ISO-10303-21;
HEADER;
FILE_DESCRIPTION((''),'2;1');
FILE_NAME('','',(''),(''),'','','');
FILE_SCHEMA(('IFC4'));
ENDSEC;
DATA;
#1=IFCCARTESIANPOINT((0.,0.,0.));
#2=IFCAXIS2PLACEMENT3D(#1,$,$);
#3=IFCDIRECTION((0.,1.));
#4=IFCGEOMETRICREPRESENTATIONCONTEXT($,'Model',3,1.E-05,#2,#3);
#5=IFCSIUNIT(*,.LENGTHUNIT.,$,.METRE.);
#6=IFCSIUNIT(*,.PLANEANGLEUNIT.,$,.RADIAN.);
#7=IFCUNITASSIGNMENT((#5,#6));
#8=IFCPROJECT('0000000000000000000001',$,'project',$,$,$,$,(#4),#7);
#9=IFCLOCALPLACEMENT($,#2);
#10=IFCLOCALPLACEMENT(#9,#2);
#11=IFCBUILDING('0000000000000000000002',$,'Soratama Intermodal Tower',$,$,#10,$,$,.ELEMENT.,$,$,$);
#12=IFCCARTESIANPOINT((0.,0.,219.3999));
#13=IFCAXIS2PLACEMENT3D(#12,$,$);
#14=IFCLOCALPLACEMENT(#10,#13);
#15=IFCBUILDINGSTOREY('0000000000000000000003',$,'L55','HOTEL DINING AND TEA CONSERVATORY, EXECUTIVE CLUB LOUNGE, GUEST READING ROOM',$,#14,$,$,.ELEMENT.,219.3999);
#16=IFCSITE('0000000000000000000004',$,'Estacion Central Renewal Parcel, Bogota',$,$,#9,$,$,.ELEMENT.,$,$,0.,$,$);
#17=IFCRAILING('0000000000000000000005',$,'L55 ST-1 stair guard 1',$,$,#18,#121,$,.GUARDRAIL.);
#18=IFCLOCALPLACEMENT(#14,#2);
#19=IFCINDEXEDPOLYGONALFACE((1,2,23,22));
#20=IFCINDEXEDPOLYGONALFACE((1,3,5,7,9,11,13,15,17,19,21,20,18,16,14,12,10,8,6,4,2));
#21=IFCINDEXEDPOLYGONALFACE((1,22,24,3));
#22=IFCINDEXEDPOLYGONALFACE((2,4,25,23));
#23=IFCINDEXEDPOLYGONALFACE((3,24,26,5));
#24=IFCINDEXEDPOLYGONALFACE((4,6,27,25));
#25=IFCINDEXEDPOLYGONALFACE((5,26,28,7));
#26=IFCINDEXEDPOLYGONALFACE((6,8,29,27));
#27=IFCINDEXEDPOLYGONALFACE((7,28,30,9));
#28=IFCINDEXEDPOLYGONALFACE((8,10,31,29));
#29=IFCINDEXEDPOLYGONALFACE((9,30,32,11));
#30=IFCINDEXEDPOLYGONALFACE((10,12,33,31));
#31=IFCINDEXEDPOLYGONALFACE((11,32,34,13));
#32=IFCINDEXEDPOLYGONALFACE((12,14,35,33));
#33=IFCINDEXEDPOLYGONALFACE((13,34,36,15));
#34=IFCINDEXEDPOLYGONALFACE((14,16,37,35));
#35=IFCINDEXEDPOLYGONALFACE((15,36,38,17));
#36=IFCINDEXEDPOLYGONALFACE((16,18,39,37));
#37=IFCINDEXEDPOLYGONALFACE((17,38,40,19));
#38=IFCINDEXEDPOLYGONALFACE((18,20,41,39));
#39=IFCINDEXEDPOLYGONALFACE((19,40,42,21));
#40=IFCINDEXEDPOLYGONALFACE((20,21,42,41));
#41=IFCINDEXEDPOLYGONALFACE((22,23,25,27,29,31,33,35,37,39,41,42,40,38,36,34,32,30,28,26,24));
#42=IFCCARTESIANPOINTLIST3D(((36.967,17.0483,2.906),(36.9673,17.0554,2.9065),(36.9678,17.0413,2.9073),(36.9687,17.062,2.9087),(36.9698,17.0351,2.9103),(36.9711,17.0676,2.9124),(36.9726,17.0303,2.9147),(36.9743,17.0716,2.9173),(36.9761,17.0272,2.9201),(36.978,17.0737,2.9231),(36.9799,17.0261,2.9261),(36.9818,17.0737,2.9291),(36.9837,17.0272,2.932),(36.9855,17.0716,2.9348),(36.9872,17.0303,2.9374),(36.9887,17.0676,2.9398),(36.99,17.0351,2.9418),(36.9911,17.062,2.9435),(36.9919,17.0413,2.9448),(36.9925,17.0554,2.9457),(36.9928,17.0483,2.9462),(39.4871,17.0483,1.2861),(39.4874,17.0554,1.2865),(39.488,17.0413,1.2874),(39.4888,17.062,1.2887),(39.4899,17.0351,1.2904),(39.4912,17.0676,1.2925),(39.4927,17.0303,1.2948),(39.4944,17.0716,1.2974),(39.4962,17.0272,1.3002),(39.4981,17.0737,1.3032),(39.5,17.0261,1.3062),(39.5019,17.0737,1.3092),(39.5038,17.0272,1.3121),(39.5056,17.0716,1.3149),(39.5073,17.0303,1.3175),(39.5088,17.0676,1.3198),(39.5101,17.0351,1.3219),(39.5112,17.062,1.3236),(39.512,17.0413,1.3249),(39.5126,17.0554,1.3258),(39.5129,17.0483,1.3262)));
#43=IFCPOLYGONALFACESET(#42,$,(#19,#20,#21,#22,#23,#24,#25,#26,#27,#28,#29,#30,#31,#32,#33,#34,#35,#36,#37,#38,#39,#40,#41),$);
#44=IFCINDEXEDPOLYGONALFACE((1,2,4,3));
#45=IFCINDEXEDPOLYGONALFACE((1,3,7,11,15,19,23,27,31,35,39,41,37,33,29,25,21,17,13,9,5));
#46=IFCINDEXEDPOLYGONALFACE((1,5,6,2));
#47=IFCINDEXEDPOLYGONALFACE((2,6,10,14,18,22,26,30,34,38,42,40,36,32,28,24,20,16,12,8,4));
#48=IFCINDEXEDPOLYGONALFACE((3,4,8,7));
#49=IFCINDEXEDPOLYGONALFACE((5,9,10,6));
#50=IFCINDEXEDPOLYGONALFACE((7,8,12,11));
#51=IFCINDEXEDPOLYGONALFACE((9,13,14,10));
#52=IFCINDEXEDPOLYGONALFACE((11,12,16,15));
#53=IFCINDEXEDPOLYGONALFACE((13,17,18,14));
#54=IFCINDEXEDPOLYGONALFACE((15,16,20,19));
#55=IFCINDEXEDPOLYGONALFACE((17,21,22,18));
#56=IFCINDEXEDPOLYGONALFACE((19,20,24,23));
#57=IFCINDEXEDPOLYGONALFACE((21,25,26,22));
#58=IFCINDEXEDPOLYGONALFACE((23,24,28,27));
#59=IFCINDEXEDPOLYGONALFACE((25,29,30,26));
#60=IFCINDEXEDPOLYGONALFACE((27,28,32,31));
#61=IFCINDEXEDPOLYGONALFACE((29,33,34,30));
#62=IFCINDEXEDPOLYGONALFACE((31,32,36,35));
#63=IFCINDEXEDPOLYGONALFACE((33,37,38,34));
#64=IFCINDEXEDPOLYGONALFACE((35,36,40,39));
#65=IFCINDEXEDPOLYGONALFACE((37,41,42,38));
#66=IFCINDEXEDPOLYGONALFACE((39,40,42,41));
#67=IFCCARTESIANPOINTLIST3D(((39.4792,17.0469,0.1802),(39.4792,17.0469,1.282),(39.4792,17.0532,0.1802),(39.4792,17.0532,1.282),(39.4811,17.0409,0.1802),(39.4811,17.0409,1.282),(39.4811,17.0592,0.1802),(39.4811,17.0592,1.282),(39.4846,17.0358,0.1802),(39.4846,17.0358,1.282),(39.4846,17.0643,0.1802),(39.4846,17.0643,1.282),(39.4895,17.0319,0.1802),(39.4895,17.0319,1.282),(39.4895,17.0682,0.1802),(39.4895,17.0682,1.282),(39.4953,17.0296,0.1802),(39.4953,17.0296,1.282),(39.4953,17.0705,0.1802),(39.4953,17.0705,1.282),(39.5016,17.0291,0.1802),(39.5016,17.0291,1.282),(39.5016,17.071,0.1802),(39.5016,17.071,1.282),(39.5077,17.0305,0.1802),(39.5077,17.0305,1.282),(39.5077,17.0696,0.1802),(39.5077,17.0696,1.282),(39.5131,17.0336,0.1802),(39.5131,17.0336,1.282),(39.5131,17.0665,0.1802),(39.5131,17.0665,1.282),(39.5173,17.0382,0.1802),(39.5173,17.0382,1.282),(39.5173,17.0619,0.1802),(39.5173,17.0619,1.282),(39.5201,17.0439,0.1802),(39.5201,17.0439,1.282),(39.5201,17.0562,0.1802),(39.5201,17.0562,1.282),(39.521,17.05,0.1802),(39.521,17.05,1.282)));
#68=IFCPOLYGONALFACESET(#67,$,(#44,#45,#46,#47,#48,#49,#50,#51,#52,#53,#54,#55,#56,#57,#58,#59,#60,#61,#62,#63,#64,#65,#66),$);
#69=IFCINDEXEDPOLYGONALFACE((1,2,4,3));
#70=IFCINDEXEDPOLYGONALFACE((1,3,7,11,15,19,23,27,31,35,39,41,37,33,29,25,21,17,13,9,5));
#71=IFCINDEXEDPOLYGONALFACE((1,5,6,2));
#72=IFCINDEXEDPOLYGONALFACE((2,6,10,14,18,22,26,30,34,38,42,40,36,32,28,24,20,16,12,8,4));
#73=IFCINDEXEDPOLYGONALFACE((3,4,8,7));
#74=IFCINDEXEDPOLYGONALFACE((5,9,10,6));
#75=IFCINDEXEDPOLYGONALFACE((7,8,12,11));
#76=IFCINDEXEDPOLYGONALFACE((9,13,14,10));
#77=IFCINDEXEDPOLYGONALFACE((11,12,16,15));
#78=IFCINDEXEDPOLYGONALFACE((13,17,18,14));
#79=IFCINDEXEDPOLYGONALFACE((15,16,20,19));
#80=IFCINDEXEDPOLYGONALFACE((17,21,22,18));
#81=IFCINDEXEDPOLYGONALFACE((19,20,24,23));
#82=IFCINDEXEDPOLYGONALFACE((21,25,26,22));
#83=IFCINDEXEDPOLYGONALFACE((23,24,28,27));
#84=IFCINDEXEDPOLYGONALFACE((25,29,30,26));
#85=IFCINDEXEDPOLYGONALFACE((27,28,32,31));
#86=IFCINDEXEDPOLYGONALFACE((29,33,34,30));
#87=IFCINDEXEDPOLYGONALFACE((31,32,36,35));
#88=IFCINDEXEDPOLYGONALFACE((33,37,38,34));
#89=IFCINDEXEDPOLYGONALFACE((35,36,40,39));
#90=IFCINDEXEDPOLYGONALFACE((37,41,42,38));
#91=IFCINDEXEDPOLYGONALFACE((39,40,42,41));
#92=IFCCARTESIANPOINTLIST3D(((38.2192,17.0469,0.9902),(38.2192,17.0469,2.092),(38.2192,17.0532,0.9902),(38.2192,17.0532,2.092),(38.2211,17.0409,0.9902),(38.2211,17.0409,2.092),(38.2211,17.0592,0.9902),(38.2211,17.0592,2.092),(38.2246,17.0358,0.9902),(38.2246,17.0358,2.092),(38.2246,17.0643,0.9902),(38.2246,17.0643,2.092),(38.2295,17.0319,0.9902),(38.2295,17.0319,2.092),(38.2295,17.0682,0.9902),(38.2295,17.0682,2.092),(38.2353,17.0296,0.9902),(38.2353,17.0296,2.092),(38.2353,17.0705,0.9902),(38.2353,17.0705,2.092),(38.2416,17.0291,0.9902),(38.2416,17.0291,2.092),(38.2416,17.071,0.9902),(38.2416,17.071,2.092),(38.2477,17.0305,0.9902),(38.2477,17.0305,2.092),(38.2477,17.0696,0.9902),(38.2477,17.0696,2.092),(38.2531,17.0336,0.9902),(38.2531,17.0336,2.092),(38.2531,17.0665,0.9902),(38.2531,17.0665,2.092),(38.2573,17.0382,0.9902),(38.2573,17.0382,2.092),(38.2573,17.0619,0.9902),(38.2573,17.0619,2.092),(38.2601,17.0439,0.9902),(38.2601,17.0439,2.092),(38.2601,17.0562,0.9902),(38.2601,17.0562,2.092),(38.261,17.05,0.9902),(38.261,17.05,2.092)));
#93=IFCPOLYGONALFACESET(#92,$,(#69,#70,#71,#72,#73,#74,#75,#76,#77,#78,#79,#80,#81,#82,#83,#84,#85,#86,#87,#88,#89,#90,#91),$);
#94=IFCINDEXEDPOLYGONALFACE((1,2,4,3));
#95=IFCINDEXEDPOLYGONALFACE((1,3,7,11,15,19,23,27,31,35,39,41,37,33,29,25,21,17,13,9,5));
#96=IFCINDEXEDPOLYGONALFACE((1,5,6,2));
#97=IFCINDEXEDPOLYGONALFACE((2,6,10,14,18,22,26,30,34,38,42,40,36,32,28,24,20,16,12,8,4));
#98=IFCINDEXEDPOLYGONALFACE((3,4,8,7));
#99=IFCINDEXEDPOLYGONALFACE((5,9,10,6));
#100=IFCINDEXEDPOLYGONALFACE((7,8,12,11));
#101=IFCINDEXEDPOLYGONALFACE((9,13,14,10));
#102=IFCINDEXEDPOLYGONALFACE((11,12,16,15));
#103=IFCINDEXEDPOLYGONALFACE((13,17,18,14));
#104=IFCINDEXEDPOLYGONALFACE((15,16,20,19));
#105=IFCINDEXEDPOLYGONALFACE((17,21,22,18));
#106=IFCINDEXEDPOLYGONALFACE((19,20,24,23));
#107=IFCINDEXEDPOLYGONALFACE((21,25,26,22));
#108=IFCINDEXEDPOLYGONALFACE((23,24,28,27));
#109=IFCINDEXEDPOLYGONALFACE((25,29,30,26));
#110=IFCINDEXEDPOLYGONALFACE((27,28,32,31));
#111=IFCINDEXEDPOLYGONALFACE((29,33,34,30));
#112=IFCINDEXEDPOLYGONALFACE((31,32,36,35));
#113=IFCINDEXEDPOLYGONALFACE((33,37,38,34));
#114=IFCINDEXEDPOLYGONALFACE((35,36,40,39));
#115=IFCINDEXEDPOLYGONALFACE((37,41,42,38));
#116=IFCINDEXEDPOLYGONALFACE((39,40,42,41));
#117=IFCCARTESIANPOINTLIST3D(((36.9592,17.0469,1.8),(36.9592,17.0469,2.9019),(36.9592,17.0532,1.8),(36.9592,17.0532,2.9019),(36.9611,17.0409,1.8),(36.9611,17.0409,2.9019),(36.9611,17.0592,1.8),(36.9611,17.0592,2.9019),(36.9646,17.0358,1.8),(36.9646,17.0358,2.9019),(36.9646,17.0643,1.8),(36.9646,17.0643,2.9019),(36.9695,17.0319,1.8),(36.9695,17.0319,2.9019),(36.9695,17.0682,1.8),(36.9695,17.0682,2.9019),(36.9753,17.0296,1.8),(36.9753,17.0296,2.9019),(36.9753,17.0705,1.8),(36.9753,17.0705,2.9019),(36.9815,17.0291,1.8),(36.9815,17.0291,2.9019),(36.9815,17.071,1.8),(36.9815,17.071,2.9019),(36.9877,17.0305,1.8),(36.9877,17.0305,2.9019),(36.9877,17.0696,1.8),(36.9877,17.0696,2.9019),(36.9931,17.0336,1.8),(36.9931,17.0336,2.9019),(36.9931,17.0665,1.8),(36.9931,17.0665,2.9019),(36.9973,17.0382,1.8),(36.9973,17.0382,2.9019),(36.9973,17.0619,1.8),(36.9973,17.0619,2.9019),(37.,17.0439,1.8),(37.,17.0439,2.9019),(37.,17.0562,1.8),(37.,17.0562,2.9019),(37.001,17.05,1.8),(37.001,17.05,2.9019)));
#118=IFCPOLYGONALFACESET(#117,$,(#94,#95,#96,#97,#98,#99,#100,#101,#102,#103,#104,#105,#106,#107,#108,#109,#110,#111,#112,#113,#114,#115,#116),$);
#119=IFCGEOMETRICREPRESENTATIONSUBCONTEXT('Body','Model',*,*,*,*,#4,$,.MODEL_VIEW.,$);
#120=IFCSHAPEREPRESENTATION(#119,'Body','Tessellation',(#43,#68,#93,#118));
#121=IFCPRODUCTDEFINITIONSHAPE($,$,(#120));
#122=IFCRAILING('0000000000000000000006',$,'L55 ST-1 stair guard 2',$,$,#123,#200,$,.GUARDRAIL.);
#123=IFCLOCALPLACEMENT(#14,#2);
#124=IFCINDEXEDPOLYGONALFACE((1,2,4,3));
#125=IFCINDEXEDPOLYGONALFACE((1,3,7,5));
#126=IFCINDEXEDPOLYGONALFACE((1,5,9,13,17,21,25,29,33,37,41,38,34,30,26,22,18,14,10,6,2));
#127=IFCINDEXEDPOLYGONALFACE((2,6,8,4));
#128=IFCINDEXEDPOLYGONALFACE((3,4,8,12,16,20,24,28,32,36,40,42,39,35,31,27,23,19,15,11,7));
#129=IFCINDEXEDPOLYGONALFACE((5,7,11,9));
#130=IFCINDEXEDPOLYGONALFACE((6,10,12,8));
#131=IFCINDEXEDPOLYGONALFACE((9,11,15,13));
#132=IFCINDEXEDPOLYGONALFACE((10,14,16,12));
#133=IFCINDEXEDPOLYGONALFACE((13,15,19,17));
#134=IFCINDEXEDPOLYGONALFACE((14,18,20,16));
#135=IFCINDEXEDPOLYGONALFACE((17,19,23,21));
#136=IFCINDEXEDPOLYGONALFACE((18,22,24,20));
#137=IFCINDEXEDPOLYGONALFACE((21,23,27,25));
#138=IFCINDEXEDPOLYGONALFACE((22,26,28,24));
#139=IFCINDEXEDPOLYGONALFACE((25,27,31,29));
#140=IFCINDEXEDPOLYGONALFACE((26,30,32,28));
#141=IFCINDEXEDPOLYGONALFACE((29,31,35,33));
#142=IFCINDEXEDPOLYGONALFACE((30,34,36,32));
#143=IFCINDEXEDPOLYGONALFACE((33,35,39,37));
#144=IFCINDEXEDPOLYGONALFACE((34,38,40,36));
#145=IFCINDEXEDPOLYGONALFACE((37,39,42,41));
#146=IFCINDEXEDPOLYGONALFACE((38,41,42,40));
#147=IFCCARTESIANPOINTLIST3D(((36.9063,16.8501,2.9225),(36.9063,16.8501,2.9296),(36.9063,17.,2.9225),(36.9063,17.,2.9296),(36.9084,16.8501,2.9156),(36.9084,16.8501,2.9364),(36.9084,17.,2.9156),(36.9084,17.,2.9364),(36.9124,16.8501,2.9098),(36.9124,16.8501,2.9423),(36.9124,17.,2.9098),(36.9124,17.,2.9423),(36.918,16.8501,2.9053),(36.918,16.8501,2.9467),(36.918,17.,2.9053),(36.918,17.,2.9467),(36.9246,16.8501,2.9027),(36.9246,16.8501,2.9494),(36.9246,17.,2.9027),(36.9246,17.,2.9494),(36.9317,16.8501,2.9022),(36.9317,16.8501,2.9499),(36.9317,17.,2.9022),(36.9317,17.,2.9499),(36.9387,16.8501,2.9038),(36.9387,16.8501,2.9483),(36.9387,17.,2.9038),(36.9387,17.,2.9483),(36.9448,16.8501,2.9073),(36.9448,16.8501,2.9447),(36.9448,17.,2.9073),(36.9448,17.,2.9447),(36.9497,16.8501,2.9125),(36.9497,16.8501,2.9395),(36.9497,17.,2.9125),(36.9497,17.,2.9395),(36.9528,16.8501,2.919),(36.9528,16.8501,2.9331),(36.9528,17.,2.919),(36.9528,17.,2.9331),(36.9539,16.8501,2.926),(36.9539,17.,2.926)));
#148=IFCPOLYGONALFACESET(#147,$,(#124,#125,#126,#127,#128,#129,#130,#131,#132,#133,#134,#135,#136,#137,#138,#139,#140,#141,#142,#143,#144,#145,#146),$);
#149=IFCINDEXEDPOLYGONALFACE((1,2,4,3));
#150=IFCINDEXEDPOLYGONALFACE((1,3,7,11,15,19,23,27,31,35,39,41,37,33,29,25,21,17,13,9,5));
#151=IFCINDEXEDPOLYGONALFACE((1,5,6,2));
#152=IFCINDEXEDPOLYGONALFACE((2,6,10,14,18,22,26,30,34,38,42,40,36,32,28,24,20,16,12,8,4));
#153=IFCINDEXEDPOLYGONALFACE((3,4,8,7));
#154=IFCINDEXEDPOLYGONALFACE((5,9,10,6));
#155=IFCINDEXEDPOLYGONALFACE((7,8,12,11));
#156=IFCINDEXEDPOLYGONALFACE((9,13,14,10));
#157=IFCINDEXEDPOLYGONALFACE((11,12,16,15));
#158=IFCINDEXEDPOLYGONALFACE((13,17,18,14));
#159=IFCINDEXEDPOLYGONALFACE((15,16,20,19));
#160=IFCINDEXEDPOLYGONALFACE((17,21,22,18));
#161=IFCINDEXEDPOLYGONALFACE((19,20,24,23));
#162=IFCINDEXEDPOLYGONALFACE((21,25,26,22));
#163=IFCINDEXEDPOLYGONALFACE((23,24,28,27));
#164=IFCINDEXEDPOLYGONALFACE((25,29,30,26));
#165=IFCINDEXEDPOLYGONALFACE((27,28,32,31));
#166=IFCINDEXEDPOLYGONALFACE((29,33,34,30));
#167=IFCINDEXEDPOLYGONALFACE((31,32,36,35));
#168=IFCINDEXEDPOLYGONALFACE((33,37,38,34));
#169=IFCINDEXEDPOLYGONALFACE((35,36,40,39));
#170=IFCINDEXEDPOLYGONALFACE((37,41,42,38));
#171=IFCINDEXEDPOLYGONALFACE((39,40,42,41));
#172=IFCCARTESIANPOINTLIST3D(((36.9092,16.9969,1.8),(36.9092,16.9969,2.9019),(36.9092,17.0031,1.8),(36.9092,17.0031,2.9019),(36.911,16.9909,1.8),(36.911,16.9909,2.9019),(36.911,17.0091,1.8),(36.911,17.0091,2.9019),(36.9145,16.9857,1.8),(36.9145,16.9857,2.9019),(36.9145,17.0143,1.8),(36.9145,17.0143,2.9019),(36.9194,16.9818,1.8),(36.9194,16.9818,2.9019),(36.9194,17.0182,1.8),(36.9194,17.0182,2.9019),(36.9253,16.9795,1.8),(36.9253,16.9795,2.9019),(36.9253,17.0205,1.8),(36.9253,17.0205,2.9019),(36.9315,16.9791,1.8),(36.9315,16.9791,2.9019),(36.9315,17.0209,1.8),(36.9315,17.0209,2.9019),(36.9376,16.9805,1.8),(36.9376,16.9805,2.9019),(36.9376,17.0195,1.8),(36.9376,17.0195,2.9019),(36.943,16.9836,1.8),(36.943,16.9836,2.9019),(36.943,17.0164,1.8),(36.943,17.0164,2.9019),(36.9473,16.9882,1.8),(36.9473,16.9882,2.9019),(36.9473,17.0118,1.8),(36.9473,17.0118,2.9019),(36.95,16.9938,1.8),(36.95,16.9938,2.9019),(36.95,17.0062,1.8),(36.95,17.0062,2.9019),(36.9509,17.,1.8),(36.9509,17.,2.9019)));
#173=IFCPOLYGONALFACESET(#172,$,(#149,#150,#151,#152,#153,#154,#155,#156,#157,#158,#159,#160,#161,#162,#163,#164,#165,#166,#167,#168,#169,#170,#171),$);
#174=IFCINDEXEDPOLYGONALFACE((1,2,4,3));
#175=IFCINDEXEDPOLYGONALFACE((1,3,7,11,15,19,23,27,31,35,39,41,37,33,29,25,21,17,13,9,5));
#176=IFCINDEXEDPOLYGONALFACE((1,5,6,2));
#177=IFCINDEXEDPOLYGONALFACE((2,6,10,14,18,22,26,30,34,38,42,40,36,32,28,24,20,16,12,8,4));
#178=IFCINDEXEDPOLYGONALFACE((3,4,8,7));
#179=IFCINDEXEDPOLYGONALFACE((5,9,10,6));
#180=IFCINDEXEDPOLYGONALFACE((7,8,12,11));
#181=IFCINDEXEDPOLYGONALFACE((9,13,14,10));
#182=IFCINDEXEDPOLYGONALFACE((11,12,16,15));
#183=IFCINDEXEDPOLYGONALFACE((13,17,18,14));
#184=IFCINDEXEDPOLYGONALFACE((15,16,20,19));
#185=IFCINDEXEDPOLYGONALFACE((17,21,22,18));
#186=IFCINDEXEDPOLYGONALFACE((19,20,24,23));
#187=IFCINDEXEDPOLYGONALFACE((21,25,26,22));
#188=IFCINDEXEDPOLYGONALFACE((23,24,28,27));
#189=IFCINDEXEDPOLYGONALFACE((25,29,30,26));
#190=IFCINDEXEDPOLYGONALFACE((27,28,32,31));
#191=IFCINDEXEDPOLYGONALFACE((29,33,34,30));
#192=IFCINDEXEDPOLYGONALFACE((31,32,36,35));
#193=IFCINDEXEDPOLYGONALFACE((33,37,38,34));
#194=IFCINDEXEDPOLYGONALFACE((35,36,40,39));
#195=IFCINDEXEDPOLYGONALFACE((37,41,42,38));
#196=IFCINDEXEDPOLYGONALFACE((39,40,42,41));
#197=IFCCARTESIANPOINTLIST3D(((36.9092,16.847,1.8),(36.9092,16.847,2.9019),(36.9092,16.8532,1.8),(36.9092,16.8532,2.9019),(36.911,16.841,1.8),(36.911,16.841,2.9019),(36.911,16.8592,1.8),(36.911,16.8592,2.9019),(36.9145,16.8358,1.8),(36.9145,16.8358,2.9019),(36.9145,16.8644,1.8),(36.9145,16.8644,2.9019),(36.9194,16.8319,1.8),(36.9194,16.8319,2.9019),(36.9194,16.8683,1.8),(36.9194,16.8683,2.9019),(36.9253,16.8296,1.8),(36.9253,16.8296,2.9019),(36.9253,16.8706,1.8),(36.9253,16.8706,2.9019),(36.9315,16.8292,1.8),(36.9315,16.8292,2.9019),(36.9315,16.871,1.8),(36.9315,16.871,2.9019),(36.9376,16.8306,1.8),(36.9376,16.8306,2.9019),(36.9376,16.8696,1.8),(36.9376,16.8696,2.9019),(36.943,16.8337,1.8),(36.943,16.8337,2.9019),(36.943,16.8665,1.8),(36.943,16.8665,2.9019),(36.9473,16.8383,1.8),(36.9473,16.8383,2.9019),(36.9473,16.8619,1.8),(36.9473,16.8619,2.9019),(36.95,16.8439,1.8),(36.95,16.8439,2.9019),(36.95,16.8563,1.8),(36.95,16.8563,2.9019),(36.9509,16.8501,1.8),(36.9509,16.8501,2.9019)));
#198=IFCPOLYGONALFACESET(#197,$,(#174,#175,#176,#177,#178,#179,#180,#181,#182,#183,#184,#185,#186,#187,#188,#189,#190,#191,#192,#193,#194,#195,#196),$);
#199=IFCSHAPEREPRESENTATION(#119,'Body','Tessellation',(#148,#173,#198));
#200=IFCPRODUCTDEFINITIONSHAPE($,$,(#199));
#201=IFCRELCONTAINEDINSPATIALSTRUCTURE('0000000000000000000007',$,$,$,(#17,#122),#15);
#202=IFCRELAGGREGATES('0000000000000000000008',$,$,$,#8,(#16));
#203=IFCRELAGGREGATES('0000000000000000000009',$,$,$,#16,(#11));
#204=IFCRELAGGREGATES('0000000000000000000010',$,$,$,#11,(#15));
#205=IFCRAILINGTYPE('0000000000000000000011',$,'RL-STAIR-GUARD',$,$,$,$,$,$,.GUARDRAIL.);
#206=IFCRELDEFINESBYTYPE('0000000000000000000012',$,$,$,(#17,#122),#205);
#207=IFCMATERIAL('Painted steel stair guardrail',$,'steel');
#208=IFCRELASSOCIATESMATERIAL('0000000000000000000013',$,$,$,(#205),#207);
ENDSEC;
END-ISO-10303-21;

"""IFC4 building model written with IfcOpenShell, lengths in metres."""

from ifc_helpers import new_model, si_unit, direction, frame, origin, origin_2d, place, context, subcontext, project, spatial, circle, extrude, material, type_object, element, save


model = new_model("IFC4")

# Units and contexts
model_context = context("Model", 3, precision=1e-05, world=origin(), true_north=direction((0.0, 1.0)))
body_context = subcontext(model_context, "Body", "Model", "MODEL_VIEW")
ifc_project = project(units=[si_unit("LENGTHUNIT", "METRE"), si_unit("PLANEANGLEUNIT", "RADIAN")], contexts=[model_context])

# Site, building, storey
site_placement = place(None, origin())
site = spatial("IfcSite", under=ifc_project, at=site_placement, Name="Estacion Central Renewal Parcel, Bogota", CompositionType="ELEMENT", RefElevation=0.0)
building_placement = place(site_placement, origin())
building = spatial("IfcBuilding", under=site, at=building_placement, Name="Soratama Intermodal Tower", CompositionType="ELEMENT")
storey_placement = place(building_placement, frame((0.0, 0.0, 219.3999)))
storey = spatial("IfcBuildingStorey", under=building, at=storey_placement, Name="L55", Description="HOTEL DINING AND TEA CONSERVATORY, EXECUTIVE CLUB LOUNGE, GUEST READING ROOM", CompositionType="ELEMENT", Elevation=219.3999)

# Railings
ifc_material_1 = material(Name="Painted steel stair guardrail", Category="steel")
railing_type_1 = type_object("IfcRailingType", Name="RL-STAIR-GUARD", PredefinedType="GUARDRAIL", material=ifc_material_1)
railing_1_placement = place(storey_placement, frame((39.5, 17.05, 0.1802)))
element("IfcRailing", 1, at=railing_1_placement, inside=storey, type_object=railing_type_1, Name="L55 ST-1 stair guard 1", PredefinedType="GUARDRAIL", context=body_context, shape_type="SweptSolid", body=[
    extrude(circle(Radius=0.0239, at=origin_2d()), frame((0.0, 0.0, 1.126), z_axis=(-0.8412, 0.0, 0.540725), x_axis=(0.0, -1.0, 0.0)), (0.0, 0.0, 1.0), 2.9958),
    extrude(circle(Radius=0.021, at=origin_2d()), origin(), (0.0, 0.0, 1.0), 1.1018),
    extrude(circle(Radius=0.021, at=origin_2d()), frame((-1.26, 0.0, 0.8101)), (0.0, 0.0, 1.0), 1.1018),
    extrude(circle(Radius=0.021, at=origin_2d()), frame((-2.52, 0.0, 1.6199)), (0.0, 0.0, 1.0), 1.1018),
])
railing_2_placement = place(storey_placement, frame((36.9299, 17.0, 1.8)))
element("IfcRailing", 2, at=railing_2_placement, inside=storey, type_object=railing_type_1, Name="L55 ST-1 stair guard 2", PredefinedType="GUARDRAIL", context=body_context, shape_type="SweptSolid", body=[
    extrude(circle(Radius=0.0239, at=origin_2d()), frame((0.0, 0.0, 1.126), z_axis=(0.0, -1.0, 0.0), x_axis=(1.0, 0.0, 0.0)), (0.0, 0.0, 1.0), 0.1499),
    extrude(circle(Radius=0.021, at=origin_2d()), origin(), (0.0, 0.0, 1.0), 1.1018),
    extrude(circle(Radius=0.021, at=origin_2d()), frame((0.0, -0.1499, 0.0)), (0.0, 0.0, 1.0), 1.1018),
])

save(model, "model.ifc")
